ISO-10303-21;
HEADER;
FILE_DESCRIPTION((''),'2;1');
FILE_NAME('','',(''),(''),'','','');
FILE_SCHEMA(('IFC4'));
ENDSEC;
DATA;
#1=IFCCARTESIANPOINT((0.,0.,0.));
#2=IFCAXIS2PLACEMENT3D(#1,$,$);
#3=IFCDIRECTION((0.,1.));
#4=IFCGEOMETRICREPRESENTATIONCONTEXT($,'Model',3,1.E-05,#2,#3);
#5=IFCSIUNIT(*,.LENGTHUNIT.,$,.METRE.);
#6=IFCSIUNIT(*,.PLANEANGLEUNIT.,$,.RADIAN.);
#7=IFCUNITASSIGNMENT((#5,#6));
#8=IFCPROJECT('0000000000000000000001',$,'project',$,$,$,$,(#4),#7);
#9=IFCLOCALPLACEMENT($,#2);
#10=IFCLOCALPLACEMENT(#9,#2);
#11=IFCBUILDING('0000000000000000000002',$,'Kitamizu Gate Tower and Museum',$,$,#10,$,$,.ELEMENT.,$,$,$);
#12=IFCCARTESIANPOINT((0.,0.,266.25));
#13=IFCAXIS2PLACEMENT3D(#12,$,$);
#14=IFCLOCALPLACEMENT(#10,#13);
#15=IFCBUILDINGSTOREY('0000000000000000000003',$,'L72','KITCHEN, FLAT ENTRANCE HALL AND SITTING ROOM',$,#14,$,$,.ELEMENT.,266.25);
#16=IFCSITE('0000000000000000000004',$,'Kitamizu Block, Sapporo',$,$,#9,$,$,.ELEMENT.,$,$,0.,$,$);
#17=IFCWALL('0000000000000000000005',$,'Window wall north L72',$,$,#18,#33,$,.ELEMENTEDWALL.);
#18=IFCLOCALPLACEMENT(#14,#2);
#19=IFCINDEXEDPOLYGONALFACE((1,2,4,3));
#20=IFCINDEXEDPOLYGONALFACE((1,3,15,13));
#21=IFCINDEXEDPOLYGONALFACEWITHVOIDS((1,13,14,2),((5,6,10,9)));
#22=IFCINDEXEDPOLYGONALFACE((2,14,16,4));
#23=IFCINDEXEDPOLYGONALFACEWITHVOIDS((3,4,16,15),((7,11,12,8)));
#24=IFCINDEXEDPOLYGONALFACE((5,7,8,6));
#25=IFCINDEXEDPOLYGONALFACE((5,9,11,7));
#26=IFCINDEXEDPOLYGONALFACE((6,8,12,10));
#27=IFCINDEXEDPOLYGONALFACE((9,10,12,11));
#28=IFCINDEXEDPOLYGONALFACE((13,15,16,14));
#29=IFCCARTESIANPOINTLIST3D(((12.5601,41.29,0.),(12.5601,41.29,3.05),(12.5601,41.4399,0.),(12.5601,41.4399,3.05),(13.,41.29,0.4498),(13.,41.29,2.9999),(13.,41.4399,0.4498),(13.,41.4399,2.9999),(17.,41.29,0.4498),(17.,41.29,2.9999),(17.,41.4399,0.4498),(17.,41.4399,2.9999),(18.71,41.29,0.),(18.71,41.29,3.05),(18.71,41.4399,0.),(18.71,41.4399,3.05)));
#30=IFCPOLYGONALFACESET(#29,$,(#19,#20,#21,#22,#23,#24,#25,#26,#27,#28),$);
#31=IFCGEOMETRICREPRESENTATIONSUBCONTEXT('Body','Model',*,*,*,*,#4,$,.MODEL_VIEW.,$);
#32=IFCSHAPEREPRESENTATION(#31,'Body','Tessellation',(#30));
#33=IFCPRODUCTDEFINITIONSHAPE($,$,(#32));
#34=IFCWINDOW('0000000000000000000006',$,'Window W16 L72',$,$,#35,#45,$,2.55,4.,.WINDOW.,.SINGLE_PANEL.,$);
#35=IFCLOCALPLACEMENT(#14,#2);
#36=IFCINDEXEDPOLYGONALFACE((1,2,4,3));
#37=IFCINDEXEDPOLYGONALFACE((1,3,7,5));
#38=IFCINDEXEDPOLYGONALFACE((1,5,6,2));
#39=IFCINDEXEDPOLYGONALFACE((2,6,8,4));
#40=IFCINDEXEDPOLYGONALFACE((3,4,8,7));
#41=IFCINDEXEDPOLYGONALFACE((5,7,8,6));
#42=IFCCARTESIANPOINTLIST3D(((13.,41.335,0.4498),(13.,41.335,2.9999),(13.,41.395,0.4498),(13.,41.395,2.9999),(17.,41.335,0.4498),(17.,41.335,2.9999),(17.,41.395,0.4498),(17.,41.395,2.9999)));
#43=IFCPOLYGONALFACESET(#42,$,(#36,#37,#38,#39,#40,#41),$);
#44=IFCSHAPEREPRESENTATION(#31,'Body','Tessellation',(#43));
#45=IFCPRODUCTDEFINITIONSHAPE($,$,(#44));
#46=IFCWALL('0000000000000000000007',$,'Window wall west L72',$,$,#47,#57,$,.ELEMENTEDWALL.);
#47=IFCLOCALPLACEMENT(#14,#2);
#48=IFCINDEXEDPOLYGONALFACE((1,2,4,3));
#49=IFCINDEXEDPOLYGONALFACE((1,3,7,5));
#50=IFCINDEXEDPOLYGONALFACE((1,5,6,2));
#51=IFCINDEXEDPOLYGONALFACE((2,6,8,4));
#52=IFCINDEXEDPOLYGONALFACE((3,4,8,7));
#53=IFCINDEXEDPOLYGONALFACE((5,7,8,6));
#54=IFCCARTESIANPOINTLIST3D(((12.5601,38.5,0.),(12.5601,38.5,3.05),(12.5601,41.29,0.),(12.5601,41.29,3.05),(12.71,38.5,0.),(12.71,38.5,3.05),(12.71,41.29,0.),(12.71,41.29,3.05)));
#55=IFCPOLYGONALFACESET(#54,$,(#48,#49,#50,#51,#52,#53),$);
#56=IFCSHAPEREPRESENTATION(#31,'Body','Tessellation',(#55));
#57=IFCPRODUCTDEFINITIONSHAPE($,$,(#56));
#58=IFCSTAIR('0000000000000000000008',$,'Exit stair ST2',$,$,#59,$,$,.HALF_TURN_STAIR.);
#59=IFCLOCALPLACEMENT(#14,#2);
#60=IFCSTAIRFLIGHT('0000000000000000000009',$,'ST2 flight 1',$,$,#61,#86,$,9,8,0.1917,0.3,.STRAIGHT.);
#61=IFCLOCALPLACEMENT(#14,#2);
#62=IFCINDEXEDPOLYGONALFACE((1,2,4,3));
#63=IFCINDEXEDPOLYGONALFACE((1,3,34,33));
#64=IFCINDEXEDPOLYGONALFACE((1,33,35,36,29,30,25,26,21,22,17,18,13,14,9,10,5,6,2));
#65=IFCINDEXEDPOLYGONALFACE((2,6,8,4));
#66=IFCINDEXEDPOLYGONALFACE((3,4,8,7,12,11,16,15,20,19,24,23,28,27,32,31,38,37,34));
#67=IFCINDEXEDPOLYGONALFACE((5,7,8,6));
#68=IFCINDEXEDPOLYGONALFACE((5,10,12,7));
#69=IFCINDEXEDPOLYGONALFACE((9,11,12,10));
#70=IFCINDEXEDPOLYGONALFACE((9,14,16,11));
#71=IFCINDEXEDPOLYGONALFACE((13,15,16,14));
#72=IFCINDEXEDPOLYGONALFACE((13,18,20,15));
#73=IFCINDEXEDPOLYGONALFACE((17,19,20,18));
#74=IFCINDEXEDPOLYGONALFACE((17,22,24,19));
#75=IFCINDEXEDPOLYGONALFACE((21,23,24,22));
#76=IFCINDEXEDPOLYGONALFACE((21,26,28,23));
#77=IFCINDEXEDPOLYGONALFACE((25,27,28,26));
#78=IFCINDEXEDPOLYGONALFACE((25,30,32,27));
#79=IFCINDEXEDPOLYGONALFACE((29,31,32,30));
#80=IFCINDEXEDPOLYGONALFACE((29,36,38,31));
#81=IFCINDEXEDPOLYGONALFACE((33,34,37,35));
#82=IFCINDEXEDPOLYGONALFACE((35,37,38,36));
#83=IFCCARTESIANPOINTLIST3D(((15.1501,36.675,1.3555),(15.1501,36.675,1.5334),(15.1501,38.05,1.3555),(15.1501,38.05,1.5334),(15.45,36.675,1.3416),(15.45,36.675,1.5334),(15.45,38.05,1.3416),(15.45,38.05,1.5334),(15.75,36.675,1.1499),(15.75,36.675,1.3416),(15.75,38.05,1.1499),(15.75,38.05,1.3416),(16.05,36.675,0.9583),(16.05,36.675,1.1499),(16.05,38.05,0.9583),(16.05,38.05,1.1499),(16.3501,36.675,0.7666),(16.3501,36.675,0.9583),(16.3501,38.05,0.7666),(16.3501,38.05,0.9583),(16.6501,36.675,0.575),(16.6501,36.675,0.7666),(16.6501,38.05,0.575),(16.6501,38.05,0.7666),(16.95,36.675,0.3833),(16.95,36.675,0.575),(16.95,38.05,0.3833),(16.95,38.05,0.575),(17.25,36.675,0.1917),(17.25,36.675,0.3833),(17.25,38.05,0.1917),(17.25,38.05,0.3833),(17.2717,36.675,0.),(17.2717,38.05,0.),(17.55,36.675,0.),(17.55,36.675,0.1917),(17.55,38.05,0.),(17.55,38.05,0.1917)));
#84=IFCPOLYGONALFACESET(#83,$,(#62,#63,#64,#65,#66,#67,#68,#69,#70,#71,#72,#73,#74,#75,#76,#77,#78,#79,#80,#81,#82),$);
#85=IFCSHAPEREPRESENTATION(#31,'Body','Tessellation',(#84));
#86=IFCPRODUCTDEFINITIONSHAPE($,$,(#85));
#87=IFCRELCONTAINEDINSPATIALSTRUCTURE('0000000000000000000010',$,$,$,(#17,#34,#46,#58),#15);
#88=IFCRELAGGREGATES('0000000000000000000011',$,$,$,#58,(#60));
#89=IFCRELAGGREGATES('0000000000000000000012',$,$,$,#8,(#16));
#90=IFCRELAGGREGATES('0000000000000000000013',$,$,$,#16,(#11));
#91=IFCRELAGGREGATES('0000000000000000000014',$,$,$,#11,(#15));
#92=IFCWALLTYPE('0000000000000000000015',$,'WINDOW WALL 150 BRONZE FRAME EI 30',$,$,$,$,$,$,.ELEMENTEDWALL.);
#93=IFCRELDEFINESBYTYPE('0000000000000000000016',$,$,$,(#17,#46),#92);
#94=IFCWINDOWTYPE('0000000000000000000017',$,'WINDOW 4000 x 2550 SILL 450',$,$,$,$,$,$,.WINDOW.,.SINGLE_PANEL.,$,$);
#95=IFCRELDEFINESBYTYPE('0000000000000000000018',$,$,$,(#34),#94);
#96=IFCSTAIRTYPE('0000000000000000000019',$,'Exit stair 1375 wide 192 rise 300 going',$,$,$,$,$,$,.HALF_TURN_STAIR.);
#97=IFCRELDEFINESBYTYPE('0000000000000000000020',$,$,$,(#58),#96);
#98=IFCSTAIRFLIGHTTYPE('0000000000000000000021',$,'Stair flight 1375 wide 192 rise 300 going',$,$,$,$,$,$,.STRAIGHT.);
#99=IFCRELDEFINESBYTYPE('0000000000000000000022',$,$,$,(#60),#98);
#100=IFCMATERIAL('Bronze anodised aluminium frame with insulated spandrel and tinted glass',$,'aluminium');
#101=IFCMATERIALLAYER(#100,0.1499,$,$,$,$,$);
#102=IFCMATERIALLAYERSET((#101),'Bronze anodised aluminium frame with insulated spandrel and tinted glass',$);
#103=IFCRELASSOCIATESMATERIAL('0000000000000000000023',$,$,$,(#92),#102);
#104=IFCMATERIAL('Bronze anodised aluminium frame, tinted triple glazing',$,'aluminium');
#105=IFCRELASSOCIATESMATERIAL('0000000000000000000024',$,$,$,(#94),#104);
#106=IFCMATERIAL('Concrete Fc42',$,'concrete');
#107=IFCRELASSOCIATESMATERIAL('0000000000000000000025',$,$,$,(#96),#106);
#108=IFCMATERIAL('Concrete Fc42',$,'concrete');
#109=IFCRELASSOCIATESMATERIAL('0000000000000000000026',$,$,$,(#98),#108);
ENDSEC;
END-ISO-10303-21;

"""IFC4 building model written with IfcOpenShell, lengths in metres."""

from ifc_helpers import new_model, si_unit, direction, frame, frame_2d, origin, place, context, subcontext, project, spatial, polyline, rectangle, outline, extrude, material, layer, layer_set, type_object, element, fill, aggregate, save


model = new_model("IFC4")

# Units and contexts
model_context = context("Model", 3, precision=1e-05, world=origin(), true_north=direction((0.0, 1.0)))
body_context = subcontext(model_context, "Body", "Model", "MODEL_VIEW")
ifc_project = project(units=[si_unit("LENGTHUNIT", "METRE"), si_unit("PLANEANGLEUNIT", "RADIAN")], contexts=[model_context])

# Site, building, storey
site_placement = place(None, origin())
site = spatial("IfcSite", under=ifc_project, at=site_placement, Name="Kitamizu Block, Sapporo", CompositionType="ELEMENT", RefElevation=0.0)
building_placement = place(site_placement, origin())
building = spatial("IfcBuilding", under=site, at=building_placement, Name="Kitamizu Gate Tower and Museum", CompositionType="ELEMENT")
storey_placement = place(building_placement, frame((0.0, 0.0, 266.25)))
storey = spatial("IfcBuildingStorey", under=building, at=storey_placement, Name="L72", Description="KITCHEN, FLAT ENTRANCE HALL AND SITTING ROOM", CompositionType="ELEMENT", Elevation=266.25)

# Shared definitions
ifc_material_1 = material(Name="Bronze anodised aluminium frame with insulated spandrel and tinted glass", Category="aluminium")
ifc_layer_1 = layer(ifc_material_1, 0.1499)
ifc_layer_set_1 = layer_set([ifc_layer_1], Name="Bronze anodised aluminium frame with insulated spandrel and tinted glass")
wall_type_1 = type_object("IfcWallType", Name="WINDOW WALL 150 BRONZE FRAME EI 30", PredefinedType="ELEMENTEDWALL", material=ifc_layer_set_1)

# Wall, opening, window
ifc_material_2 = material(Name="Bronze anodised aluminium frame, tinted triple glazing", Category="aluminium")
window_type_1 = type_object("IfcWindowType", Name="WINDOW 4000 x 2550 SILL 450", PartitioningType="SINGLE_PANEL", PredefinedType="WINDOW", material=ifc_material_2)
wall_1_placement = place(storey_placement, frame((12.5601, 41.365, 0.0), z_axis=(0.0, 0.0, 1.0), x_axis=(1.0, 0.0, 0.0)))
wall_1 = element("IfcWall", 1, at=wall_1_placement, inside=storey, type_object=wall_type_1, Name="Window wall north L72", PredefinedType="ELEMENTEDWALL", context=body_context, shape_type="SweptSolid", body=[
    extrude(rectangle(XDim=6.1499, YDim=0.1499, at=frame_2d((3.075, 0.0))), origin(), (0.0, 0.0, 1.0), 3.05),
])
opening_1_placement = place(wall_1_placement, frame((0.4399, 0.0, 0.45)))
opening_1 = element("IfcOpeningElement", 2, at=opening_1_placement, cuts=wall_1, PredefinedType="OPENING", context=body_context, shape_type="SweptSolid", body=[
    extrude(rectangle(XDim=4.0, YDim=2.55, at=frame_2d((2.0, 1.2749))), frame((0.0, 0.085, 0.0), z_axis=(0.0, -1.0, 0.0), x_axis=(1.0, 0.0, 0.0)), (0.0, 0.0, 1.0), 0.1699),
])
window_1_placement = place(opening_1_placement, origin())
window_1 = element("IfcWindow", 3, at=window_1_placement, inside=storey, type_object=window_type_1, Name="Window W16 L72", OverallHeight=2.55, OverallWidth=4.0, PartitioningType="SINGLE_PANEL", PredefinedType="WINDOW", context=body_context, shape_type="SweptSolid", body=[
    extrude(rectangle(XDim=4.0, YDim=2.55, at=frame_2d((2.0, 1.2749))), frame((0.0, 0.03, 0.0), z_axis=(0.0, -1.0, 0.0), x_axis=(1.0, 0.0, 0.0)), (0.0, 0.0, 1.0), 0.0601),
])
fill(opening_1, window_1)

# Wall
wall_2_placement = place(storey_placement, frame((12.635, 38.5, 0.0), z_axis=(0.0, 0.0, 1.0), x_axis=(0.0, 1.0, 0.0)))
element("IfcWall", 4, at=wall_2_placement, inside=storey, type_object=wall_type_1, Name="Window wall west L72", PredefinedType="ELEMENTEDWALL", context=body_context, shape_type="SweptSolid", body=[
    extrude(rectangle(XDim=2.79, YDim=0.1499, at=frame_2d((1.395, 0.0))), origin(), (0.0, 0.0, 1.0), 3.05),
])

# Stair, stair flight
ifc_material_3 = material(Name="Concrete Fc42", Category="concrete")
stair_type = type_object("IfcStairType", Name="Exit stair 1375 wide 192 rise 300 going", PredefinedType="HALF_TURN_STAIR", material=ifc_material_3)
stair_placement = place(storey_placement, origin())
stair = element("IfcStair", 5, at=stair_placement, inside=storey, type_object=stair_type, Name="Exit stair ST2", PredefinedType="HALF_TURN_STAIR")
ifc_material_4 = material(Name="Concrete Fc42", Category="concrete")
stair_flight_type = type_object("IfcStairFlightType", Name="Stair flight 1375 wide 192 rise 300 going", PredefinedType="STRAIGHT", material=ifc_material_4)
stair_flight_placement = place(storey_placement, frame((17.55, 37.3625, 0.0), z_axis=(0.0, 0.0, 1.0), x_axis=(-1.0, 0.0, 0.0)))
stair_flight = element("IfcStairFlight", 6, at=stair_flight_placement, type_object=stair_flight_type, Name="ST2 flight 1", NumberOfRisers=9, NumberOfTreads=8, PredefinedType="STRAIGHT", RiserHeight=0.1917, TreadLength=0.3, context=body_context, shape_type="SweptSolid", body=[
    extrude(outline(polyline([(0.0, 0.0), (0.0, 0.1917), (0.3, 0.1917), (0.3, 0.3833), (0.6001, 0.3833), (0.6001, 0.575), (0.8999, 0.575), (0.8999, 0.7666), (1.2, 0.7666), (1.2, 0.9583), (1.5, 0.9583), (1.5, 1.1499), (1.8, 1.1499), (1.8, 1.3416), (2.1001, 1.3416), (2.1001, 1.5334), (2.3999, 1.5334), (2.3999, 1.7251), (2.3999, 1.3555), (0.2783, 0.0), (0.0, 0.0)])), frame((0.0, 0.6875, 0.0), z_axis=(0.0, -1.0, 0.0), x_axis=(1.0, 0.0, 0.0)), (0.0, 0.0, 1.0), 1.375),
])
aggregate(stair, [stair_flight])

save(model, "model.ifc")
